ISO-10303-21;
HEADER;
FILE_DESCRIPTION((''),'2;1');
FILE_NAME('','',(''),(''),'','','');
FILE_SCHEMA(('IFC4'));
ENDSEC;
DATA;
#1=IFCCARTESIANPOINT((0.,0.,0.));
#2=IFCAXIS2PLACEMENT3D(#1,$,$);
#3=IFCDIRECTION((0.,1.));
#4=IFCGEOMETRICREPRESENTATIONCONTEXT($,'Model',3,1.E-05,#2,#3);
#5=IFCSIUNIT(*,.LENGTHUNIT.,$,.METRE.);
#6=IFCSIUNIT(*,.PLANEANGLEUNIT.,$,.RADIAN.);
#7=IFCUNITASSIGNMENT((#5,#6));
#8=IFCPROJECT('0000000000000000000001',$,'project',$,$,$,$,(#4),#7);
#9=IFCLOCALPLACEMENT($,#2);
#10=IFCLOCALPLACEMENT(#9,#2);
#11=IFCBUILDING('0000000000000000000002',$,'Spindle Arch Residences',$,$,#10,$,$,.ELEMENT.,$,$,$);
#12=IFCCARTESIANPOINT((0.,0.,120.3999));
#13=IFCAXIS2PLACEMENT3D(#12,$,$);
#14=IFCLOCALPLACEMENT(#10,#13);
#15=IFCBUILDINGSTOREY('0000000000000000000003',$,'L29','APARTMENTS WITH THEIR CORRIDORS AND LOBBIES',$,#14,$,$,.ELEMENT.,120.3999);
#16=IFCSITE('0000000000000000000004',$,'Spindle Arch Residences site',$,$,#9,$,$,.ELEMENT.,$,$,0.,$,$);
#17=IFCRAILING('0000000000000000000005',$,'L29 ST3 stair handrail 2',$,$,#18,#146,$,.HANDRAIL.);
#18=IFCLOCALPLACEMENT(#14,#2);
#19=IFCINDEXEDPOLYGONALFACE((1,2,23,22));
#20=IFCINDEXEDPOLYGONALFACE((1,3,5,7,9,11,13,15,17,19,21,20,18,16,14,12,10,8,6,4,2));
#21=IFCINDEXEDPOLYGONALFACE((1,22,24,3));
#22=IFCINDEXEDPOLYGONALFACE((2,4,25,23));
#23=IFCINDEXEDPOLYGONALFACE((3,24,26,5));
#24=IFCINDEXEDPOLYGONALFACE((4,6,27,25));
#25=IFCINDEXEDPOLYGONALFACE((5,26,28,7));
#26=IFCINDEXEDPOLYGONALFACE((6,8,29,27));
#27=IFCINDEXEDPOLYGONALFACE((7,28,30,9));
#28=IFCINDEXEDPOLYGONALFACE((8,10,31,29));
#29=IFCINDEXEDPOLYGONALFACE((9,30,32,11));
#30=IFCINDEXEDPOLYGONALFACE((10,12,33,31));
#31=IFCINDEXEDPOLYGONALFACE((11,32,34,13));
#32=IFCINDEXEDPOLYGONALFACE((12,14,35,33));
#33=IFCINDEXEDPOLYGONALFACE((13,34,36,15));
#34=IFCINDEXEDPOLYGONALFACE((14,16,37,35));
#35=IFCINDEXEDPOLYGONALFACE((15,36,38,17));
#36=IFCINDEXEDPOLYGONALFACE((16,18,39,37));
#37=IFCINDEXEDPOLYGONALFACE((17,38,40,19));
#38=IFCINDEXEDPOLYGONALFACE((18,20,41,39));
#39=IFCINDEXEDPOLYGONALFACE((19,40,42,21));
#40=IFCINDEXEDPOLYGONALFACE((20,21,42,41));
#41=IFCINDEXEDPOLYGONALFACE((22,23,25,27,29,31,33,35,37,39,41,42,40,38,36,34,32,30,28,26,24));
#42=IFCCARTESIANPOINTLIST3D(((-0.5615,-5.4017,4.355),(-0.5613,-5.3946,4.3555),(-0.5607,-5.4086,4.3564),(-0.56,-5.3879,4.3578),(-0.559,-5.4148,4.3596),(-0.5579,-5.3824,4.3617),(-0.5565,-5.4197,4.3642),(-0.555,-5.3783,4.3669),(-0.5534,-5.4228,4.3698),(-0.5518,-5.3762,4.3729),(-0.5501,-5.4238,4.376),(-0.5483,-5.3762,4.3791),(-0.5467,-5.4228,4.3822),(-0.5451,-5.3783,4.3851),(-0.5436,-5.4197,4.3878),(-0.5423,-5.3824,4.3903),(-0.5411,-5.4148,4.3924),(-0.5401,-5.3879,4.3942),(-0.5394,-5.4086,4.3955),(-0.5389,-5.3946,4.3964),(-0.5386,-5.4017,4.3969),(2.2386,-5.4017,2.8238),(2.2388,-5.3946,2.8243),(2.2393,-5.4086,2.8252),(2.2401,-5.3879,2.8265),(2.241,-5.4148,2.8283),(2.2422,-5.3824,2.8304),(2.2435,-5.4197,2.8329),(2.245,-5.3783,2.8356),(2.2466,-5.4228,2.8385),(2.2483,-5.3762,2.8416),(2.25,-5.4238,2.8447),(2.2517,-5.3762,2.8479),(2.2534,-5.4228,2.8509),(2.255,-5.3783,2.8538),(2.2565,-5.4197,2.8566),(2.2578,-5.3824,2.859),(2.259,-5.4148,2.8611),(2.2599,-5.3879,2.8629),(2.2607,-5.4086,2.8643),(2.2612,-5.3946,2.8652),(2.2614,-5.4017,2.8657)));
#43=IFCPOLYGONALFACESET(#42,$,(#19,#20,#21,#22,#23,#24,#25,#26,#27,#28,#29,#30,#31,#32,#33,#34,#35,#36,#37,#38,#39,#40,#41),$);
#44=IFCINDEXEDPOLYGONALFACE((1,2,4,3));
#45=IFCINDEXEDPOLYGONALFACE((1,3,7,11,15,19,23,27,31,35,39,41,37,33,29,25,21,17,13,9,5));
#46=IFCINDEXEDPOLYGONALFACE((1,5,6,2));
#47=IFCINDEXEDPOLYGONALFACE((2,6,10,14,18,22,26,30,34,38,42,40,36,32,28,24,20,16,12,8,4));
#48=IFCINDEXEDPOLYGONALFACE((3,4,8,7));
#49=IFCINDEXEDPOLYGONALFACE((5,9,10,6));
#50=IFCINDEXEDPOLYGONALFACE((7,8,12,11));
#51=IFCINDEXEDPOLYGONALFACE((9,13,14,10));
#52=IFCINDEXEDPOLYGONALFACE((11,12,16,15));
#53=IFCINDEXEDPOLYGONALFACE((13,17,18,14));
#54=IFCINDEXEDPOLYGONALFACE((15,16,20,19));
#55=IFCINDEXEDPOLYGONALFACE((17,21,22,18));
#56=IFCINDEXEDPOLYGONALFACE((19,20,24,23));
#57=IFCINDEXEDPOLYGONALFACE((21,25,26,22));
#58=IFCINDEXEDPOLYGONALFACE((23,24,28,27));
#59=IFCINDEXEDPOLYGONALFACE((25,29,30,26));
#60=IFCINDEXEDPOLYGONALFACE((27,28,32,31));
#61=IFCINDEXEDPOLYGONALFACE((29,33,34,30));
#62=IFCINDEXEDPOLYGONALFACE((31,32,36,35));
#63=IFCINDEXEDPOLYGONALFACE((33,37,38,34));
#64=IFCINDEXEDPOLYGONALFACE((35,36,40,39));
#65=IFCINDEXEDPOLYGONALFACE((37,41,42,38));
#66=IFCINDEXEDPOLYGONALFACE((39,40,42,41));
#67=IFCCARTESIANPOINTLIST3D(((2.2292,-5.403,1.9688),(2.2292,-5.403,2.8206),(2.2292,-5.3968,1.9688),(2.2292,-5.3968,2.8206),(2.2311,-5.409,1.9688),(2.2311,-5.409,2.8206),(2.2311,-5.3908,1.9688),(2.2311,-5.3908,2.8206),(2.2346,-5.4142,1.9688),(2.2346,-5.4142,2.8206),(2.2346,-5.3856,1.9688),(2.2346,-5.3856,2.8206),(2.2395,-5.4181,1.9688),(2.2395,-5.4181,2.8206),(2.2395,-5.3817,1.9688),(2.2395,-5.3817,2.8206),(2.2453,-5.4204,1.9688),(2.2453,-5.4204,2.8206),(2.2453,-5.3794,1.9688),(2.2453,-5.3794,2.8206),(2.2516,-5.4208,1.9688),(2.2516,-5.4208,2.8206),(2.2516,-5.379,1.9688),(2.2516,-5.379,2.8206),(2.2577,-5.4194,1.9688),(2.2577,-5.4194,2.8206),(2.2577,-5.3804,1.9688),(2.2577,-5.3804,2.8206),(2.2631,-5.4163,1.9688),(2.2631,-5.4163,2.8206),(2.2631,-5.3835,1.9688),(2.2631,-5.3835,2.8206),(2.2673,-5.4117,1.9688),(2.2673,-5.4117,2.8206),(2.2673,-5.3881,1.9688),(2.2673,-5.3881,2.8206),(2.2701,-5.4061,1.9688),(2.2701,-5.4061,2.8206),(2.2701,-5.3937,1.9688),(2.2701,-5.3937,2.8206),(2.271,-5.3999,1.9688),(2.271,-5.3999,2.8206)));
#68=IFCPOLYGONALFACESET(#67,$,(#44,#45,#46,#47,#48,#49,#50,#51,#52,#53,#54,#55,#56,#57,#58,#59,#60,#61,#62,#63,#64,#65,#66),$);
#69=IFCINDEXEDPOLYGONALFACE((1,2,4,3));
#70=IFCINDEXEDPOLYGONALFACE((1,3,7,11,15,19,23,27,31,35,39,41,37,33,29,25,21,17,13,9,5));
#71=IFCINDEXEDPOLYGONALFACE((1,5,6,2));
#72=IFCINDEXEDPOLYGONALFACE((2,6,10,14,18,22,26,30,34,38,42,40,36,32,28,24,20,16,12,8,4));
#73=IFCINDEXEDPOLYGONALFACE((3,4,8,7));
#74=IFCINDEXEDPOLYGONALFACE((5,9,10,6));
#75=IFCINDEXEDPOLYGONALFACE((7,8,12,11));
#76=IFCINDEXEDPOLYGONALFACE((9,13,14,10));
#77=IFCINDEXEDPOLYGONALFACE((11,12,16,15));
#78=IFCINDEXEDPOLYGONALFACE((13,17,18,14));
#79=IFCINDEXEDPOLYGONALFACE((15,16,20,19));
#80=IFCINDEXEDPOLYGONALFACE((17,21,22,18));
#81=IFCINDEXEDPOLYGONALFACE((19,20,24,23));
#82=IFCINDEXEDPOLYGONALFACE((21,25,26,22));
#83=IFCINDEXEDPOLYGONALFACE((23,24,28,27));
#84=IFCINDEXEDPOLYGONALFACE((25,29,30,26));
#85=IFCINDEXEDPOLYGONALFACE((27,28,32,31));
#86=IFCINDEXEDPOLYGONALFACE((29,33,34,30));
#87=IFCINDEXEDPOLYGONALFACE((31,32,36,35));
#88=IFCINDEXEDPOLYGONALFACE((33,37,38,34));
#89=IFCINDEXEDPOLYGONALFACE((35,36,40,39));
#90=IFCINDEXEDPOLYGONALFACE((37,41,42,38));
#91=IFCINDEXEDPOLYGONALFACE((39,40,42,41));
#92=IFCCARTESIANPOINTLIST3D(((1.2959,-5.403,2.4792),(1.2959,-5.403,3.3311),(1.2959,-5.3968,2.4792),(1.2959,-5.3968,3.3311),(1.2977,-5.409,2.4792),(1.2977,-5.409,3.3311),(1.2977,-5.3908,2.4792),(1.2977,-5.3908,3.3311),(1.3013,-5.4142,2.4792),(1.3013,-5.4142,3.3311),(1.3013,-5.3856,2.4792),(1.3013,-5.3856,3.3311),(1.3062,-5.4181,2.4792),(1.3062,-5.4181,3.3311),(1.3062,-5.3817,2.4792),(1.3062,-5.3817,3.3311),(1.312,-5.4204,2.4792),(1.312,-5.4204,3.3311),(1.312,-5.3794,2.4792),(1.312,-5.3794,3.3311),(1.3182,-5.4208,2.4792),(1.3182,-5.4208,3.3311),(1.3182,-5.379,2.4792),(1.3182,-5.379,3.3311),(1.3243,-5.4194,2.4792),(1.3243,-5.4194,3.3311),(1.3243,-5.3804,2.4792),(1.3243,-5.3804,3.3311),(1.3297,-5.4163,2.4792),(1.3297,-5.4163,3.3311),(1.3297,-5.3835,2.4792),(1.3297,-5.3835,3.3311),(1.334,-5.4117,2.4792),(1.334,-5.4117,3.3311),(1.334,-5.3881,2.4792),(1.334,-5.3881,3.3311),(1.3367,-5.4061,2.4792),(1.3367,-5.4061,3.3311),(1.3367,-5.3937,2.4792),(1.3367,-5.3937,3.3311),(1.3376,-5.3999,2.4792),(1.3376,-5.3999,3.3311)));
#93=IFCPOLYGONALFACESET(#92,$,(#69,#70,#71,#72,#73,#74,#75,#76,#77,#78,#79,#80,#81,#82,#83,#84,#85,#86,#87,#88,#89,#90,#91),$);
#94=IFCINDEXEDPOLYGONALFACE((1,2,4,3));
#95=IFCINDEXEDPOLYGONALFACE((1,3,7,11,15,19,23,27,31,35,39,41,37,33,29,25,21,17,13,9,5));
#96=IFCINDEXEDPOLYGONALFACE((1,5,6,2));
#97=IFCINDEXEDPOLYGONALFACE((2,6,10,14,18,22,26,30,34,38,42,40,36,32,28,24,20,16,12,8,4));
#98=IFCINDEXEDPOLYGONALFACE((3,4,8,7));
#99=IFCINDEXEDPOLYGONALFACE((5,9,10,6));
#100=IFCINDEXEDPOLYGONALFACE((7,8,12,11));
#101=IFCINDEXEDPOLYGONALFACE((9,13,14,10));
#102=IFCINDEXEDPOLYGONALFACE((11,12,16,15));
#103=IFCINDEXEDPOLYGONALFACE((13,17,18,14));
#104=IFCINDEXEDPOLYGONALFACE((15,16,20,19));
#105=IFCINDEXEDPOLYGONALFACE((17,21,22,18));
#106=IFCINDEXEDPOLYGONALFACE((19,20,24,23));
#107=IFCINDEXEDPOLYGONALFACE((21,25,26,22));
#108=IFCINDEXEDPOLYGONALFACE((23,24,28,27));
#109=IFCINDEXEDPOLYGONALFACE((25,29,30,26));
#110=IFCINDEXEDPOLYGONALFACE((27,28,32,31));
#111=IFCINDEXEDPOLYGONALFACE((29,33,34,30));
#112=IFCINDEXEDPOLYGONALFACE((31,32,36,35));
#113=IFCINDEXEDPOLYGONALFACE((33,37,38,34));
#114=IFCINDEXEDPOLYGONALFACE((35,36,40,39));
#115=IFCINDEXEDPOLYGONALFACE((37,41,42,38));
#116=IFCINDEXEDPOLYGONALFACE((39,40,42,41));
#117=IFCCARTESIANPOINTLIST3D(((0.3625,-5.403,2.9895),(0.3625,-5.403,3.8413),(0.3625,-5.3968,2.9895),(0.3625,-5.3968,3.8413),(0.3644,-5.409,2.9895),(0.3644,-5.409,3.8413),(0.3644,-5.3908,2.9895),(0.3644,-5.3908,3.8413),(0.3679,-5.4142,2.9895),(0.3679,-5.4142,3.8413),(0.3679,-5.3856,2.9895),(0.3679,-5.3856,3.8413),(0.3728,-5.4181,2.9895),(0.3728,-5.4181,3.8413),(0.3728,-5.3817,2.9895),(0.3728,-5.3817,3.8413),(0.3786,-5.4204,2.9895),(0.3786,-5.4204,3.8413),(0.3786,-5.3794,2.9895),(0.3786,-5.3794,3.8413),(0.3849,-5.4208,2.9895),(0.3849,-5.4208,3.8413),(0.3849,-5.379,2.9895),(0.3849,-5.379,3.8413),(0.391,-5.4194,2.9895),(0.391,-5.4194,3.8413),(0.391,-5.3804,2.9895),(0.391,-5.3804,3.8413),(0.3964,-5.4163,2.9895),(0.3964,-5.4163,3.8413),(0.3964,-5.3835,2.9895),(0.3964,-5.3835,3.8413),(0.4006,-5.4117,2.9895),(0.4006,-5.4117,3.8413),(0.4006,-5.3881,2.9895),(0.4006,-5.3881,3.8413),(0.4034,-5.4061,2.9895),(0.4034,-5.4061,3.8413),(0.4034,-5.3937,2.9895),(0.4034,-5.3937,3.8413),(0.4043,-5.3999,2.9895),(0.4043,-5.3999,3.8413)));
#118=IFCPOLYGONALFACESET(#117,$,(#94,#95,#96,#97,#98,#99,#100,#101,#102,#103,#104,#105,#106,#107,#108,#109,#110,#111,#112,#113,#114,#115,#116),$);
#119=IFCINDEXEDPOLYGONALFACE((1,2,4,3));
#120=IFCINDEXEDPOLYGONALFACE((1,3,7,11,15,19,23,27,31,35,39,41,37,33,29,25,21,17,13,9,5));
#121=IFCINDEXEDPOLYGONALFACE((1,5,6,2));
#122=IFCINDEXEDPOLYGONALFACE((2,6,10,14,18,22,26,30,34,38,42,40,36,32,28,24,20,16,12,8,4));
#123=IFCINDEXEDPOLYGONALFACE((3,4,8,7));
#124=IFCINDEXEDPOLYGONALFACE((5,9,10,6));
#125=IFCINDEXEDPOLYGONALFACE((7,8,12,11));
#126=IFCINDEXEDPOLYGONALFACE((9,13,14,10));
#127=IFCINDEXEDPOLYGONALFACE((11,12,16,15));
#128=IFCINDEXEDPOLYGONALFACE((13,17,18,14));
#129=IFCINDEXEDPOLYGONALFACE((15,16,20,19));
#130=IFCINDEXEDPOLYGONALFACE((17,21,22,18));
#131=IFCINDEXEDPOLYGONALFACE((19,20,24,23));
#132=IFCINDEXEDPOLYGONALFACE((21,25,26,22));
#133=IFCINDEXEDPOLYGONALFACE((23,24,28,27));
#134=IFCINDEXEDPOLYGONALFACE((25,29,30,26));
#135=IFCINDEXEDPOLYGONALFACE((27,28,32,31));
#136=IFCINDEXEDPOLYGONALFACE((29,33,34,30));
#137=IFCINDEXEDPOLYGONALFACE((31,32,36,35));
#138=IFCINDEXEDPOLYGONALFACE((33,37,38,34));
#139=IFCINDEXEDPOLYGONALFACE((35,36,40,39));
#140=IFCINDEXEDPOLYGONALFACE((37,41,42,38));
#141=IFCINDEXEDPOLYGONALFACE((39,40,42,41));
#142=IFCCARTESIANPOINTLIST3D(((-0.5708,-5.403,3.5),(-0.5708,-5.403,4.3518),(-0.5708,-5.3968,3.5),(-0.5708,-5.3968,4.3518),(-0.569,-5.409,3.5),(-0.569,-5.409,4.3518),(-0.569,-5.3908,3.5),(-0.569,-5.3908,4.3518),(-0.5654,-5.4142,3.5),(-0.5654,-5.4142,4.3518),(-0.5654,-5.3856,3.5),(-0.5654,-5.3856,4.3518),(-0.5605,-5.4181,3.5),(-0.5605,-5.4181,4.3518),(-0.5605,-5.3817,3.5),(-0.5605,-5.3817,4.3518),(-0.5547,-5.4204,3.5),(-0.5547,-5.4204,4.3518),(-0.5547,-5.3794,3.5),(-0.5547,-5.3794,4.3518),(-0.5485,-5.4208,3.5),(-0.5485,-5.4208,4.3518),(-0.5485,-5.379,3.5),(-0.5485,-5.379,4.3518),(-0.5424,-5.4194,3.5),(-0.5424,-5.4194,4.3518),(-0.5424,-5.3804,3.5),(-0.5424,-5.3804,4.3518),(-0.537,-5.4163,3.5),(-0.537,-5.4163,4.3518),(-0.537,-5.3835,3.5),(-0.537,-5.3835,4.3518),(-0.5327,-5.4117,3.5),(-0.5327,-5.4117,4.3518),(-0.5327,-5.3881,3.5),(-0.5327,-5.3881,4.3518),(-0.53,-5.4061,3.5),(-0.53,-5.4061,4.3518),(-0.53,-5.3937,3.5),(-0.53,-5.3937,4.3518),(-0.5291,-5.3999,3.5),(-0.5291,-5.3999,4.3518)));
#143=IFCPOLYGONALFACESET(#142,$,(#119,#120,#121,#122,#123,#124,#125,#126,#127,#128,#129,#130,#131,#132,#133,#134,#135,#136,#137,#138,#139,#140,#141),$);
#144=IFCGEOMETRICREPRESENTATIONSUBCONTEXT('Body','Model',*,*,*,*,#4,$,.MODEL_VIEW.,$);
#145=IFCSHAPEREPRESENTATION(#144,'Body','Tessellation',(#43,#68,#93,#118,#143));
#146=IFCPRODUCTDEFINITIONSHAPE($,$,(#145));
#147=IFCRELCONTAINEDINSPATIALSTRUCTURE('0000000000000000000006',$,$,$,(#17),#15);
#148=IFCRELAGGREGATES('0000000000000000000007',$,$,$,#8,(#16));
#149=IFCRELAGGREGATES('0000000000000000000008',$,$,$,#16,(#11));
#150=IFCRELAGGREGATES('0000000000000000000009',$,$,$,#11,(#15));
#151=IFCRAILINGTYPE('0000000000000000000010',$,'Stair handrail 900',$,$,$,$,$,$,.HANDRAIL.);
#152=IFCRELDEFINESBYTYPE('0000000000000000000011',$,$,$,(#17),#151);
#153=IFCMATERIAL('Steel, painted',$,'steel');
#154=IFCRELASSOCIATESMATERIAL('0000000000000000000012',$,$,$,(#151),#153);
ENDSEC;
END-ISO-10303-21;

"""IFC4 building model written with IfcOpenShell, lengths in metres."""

from ifc_helpers import new_model, si_unit, direction, frame, origin, origin_2d, place, context, subcontext, project, spatial, circle, extrude, material, type_object, element, save


model = new_model("IFC4")

# Units and contexts
model_context = context("Model", 3, precision=1e-05, world=origin(), true_north=direction((0.0, 1.0)))
body_context = subcontext(model_context, "Body", "Model", "MODEL_VIEW")
ifc_project = project(units=[si_unit("LENGTHUNIT", "METRE"), si_unit("PLANEANGLEUNIT", "RADIAN")], contexts=[model_context])

# Site, building, storey
site_placement = place(None, origin())
site = spatial("IfcSite", under=ifc_project, at=site_placement, Name="Spindle Arch Residences site", CompositionType="ELEMENT", RefElevation=0.0)
building_placement = place(site_placement, origin())
building = spatial("IfcBuilding", under=site, at=building_placement, Name="Spindle Arch Residences", CompositionType="ELEMENT")
storey_placement = place(building_placement, frame((0.0, 0.0, 120.3999)))
storey = spatial("IfcBuildingStorey", under=building, at=storey_placement, Name="L29", Description="APARTMENTS WITH THEIR CORRIDORS AND LOBBIES", CompositionType="ELEMENT", Elevation=120.3999)

# Railing
ifc_material_1 = material(Name="Steel, painted", Category="steel")
railing_type = type_object("IfcRailingType", Name="Stair handrail 900", PredefinedType="HANDRAIL", material=ifc_material_1)
railing_1_placement = place(storey_placement, frame((2.25, -5.3999, 1.9688)))
element("IfcRailing", 1, at=railing_1_placement, inside=storey, type_object=railing_type, Name="L29 ST3 stair handrail 2", PredefinedType="HANDRAIL", context=body_context, shape_type="SweptSolid", body=[
    extrude(circle(Radius=0.0239, at=origin_2d()), frame((0.0, 0.0, 0.876), z_axis=(-0.877375, 0.0, 0.479806), x_axis=(0.0, -1.0, 0.0)), (0.0, 0.0, 1.0), 3.1914),
    extrude(circle(Radius=0.021, at=origin_2d()), origin(), (0.0, 0.0, 1.0), 0.8518),
    extrude(circle(Radius=0.021, at=origin_2d()), frame((-0.9333, 0.0, 0.5105)), (0.0, 0.0, 1.0), 0.8518),
    extrude(circle(Radius=0.021, at=origin_2d()), frame((-1.8667, 0.0, 1.0208)), (0.0, 0.0, 1.0), 0.8518),
    extrude(circle(Radius=0.021, at=origin_2d()), frame((-2.8, 0.0, 1.5312)), (0.0, 0.0, 1.0), 0.8518),
])

save(model, "model.ifc")
